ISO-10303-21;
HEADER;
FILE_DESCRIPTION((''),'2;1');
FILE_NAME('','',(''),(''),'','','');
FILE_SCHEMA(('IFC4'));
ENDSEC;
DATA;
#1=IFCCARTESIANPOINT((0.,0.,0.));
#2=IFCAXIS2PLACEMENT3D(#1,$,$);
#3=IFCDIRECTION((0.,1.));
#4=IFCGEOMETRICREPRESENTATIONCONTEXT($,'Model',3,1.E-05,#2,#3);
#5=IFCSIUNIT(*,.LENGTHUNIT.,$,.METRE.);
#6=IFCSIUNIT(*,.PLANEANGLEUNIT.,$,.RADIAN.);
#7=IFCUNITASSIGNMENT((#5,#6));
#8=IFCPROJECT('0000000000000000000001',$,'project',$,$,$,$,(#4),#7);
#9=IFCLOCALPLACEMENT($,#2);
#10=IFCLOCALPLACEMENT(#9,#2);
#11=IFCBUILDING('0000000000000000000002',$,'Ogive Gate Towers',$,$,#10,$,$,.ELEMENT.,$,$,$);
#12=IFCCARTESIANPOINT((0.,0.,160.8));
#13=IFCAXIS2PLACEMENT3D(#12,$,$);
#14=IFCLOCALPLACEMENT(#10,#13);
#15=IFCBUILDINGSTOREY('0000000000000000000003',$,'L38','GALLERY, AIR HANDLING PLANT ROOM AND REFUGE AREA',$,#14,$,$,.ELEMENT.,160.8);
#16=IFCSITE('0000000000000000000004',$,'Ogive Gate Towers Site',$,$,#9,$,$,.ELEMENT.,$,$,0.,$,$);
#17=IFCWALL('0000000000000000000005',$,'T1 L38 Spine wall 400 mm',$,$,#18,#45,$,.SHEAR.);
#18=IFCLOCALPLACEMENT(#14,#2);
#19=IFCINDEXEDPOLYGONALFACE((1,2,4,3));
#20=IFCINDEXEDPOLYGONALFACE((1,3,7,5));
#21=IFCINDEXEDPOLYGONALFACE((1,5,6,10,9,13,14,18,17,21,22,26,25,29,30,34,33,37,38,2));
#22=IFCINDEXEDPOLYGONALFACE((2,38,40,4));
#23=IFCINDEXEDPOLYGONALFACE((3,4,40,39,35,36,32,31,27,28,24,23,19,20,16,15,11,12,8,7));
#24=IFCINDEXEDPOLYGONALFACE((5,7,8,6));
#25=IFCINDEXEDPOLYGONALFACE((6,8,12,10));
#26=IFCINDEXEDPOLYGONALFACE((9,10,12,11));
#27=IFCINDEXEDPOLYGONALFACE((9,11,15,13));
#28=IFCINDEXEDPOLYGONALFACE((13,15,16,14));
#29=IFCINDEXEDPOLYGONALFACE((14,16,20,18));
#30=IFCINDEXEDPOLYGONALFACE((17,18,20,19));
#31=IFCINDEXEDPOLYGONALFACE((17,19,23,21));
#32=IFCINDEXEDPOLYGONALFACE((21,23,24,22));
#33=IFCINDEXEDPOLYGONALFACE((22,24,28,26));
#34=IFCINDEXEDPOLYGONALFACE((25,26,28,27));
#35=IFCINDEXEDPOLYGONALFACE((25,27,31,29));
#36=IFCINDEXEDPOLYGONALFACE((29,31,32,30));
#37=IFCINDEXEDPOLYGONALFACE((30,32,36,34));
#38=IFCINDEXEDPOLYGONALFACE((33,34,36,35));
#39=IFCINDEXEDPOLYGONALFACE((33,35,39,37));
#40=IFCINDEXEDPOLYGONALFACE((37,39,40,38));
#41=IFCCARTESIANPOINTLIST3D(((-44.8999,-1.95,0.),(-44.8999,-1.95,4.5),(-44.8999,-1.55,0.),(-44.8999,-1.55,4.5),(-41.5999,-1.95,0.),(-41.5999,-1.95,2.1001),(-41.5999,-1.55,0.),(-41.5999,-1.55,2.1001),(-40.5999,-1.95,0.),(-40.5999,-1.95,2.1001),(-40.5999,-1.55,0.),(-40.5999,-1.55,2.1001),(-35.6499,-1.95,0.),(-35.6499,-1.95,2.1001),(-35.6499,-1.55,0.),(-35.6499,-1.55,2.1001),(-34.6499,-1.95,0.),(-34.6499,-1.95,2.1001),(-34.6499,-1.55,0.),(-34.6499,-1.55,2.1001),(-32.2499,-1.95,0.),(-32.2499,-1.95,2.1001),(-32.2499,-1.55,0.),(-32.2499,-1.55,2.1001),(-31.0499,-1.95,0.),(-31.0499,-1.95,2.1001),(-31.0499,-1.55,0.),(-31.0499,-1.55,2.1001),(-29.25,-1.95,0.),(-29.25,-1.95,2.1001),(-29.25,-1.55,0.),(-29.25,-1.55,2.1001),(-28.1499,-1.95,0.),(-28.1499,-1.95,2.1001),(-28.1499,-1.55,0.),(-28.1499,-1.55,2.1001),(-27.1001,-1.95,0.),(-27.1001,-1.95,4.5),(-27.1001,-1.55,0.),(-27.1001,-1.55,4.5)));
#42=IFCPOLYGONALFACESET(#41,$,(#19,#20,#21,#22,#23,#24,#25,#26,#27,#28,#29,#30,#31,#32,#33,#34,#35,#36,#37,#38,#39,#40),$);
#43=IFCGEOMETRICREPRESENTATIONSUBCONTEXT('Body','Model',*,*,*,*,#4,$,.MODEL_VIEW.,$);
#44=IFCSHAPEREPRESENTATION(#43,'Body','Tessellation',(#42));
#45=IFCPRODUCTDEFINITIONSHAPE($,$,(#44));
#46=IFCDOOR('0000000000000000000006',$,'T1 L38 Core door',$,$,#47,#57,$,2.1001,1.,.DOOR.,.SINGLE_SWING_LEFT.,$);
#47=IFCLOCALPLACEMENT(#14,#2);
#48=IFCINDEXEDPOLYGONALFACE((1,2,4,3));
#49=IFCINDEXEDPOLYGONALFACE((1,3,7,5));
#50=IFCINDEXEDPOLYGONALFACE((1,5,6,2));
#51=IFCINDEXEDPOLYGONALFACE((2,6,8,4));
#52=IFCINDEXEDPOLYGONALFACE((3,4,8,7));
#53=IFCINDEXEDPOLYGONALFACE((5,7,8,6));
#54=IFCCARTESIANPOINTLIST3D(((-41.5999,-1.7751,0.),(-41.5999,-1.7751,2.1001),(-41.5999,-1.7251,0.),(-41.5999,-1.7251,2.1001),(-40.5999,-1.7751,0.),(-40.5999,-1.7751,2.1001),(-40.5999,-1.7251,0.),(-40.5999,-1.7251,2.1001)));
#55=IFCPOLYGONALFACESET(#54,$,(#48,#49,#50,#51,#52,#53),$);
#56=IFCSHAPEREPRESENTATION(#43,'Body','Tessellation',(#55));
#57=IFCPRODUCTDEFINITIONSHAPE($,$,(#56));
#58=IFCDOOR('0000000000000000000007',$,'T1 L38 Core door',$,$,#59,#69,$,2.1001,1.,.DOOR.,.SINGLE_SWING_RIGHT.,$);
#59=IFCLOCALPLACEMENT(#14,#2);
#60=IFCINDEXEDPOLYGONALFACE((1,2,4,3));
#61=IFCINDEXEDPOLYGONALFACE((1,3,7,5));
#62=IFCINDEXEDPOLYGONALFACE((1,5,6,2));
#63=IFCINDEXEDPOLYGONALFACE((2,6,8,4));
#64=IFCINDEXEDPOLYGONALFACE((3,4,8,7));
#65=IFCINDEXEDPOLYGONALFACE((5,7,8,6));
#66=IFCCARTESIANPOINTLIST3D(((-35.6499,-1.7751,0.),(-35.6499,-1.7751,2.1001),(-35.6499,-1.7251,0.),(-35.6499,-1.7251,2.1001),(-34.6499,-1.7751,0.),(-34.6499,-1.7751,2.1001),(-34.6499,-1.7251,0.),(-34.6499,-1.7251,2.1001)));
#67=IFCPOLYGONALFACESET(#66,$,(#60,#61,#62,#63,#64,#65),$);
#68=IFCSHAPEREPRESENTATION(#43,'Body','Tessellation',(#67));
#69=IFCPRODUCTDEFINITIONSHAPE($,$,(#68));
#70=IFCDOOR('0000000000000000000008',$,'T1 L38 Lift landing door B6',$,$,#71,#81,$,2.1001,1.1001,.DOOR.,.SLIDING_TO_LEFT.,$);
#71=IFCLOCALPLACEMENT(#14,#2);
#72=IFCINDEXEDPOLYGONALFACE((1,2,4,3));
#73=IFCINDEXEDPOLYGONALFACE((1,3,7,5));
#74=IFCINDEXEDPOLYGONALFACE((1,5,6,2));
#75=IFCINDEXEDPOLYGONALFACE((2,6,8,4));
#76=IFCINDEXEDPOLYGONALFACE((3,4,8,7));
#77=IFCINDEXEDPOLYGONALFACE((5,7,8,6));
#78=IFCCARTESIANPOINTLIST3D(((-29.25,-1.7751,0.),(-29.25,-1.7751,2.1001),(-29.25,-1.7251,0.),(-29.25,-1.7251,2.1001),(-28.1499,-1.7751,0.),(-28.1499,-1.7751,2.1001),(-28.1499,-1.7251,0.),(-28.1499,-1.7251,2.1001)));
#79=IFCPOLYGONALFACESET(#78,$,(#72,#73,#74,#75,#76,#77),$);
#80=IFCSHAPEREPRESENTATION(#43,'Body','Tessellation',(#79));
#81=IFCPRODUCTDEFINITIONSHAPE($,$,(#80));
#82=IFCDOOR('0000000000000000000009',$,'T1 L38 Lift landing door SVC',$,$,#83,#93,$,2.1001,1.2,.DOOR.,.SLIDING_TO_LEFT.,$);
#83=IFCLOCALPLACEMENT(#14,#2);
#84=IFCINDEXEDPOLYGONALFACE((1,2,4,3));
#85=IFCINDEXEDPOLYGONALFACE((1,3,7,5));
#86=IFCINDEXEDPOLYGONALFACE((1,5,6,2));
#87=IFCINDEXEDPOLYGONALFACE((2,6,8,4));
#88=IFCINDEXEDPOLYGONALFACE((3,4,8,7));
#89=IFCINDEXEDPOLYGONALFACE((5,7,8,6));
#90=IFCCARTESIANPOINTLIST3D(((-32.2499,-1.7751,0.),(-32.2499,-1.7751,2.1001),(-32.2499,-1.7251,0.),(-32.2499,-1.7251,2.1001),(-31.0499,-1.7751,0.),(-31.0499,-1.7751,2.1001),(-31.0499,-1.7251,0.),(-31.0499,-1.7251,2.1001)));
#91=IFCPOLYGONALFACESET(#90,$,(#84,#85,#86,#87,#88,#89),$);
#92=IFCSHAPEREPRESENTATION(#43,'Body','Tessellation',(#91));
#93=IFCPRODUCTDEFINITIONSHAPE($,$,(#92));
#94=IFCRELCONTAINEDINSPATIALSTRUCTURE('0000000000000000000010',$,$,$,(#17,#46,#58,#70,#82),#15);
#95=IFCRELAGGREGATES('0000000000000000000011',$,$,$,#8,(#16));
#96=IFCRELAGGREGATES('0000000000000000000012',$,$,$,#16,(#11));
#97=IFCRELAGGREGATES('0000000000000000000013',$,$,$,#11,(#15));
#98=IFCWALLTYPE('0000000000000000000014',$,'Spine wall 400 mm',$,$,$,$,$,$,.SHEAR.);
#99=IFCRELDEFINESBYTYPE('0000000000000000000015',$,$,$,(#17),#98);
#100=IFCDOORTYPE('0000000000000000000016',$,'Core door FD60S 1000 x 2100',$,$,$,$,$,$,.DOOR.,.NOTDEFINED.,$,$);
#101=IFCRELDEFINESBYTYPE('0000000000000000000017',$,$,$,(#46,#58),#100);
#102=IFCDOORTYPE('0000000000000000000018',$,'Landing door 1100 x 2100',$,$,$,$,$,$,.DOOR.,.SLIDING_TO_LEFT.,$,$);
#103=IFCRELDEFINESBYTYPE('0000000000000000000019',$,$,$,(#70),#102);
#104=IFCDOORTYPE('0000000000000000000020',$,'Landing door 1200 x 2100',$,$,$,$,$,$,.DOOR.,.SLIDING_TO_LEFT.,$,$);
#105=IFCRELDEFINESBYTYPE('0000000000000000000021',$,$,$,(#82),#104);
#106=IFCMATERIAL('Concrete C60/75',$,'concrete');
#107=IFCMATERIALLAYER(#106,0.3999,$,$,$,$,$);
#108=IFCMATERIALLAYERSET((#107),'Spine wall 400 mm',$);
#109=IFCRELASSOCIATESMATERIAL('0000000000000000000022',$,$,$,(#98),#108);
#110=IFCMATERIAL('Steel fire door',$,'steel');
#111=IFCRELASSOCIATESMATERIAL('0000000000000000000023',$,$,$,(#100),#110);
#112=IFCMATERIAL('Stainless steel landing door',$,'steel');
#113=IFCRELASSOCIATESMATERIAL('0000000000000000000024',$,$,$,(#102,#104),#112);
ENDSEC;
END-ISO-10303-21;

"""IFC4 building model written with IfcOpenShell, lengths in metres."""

from ifc_helpers import new_model, si_unit, direction, frame, frame_2d, origin, place, context, subcontext, project, spatial, rectangle, extrude, material, layer, layer_set, type_object, element, fill, save


model = new_model("IFC4")

# Units and contexts
model_context = context("Model", 3, precision=1e-05, world=origin(), true_north=direction((0.0, 1.0)))
body_context = subcontext(model_context, "Body", "Model", "MODEL_VIEW")
ifc_project = project(units=[si_unit("LENGTHUNIT", "METRE"), si_unit("PLANEANGLEUNIT", "RADIAN")], contexts=[model_context])

# Site, building, storey
site_placement = place(None, origin())
site = spatial("IfcSite", under=ifc_project, at=site_placement, Name="Ogive Gate Towers Site", CompositionType="ELEMENT", RefElevation=0.0)
building_placement = place(site_placement, origin())
building = spatial("IfcBuilding", under=site, at=building_placement, Name="Ogive Gate Towers", CompositionType="ELEMENT")
storey_placement = place(building_placement, frame((0.0, 0.0, 160.8)))
storey = spatial("IfcBuildingStorey", under=building, at=storey_placement, Name="L38", Description="GALLERY, AIR HANDLING PLANT ROOM AND REFUGE AREA", CompositionType="ELEMENT", Elevation=160.8)

# Shared definitions
ifc_material_1 = material(Name="Steel fire door", Category="steel")

# Wall, openings, doors
ifc_material_2 = material(Name="Concrete C60/75", Category="concrete")
ifc_layer_1 = layer(ifc_material_2, 0.3999)
ifc_layer_set_1 = layer_set([ifc_layer_1], Name="Spine wall 400 mm")
wall_type_1 = type_object("IfcWallType", Name="Spine wall 400 mm", PredefinedType="SHEAR", material=ifc_layer_set_1)
wall_1_placement = place(storey_placement, frame((-44.8999, -1.75, 0.0), z_axis=(0.0, 0.0, 1.0), x_axis=(1.0, 0.0, 0.0)))
wall_1 = element("IfcWall", 1, at=wall_1_placement, inside=storey, type_object=wall_type_1, Name="T1 L38 Spine wall 400 mm", PredefinedType="SHEAR", context=body_context, shape_type="SweptSolid", body=[
    extrude(rectangle(XDim=17.7998, YDim=0.3999, at=frame_2d((8.8999, 0.0))), origin(), (0.0, 0.0, 1.0), 4.5),
])
opening_1_placement = place(wall_1_placement, frame((12.6499, 0.0, 0.0)))
opening_1 = element("IfcOpeningElement", 2, at=opening_1_placement, cuts=wall_1, PredefinedType="OPENING", context=body_context, shape_type="SweptSolid", body=[
    extrude(rectangle(XDim=1.2, YDim=2.1001, at=frame_2d((0.6001, 1.05))), frame((0.0, 0.21, 0.0), z_axis=(0.0, -1.0, 0.0), x_axis=(1.0, 0.0, 0.0)), (0.0, 0.0, 1.0), 0.4199),
])
opening_2_placement = place(wall_1_placement, frame((15.6499, 0.0, 0.0)))
opening_2 = element("IfcOpeningElement", 3, at=opening_2_placement, cuts=wall_1, PredefinedType="OPENING", context=body_context, shape_type="SweptSolid", body=[
    extrude(rectangle(XDim=1.1001, YDim=2.1001, at=frame_2d((0.55, 1.05))), frame((0.0, 0.21, 0.0), z_axis=(0.0, -1.0, 0.0), x_axis=(1.0, 0.0, 0.0)), (0.0, 0.0, 1.0), 0.4199),
])
opening_3_placement = place(wall_1_placement, frame((3.3, 0.0, 0.0)))
opening_3 = element("IfcOpeningElement", 4, at=opening_3_placement, cuts=wall_1, PredefinedType="OPENING", context=body_context, shape_type="SweptSolid", body=[
    extrude(rectangle(XDim=1.0, YDim=2.1001, at=frame_2d((0.5, 1.05))), frame((0.0, 0.21, 0.0), z_axis=(0.0, -1.0, 0.0), x_axis=(1.0, 0.0, 0.0)), (0.0, 0.0, 1.0), 0.4199),
])
opening_4_placement = place(wall_1_placement, frame((9.25, 0.0, 0.0)))
opening_4 = element("IfcOpeningElement", 5, at=opening_4_placement, cuts=wall_1, PredefinedType="OPENING", context=body_context, shape_type="SweptSolid", body=[
    extrude(rectangle(XDim=1.0, YDim=2.1001, at=frame_2d((0.5, 1.05))), frame((0.0, 0.21, 0.0), z_axis=(0.0, -1.0, 0.0), x_axis=(1.0, 0.0, 0.0)), (0.0, 0.0, 1.0), 0.4199),
])
door_type_1 = type_object("IfcDoorType", Name="Core door FD60S 1000 x 2100", OperationType="NOTDEFINED", PredefinedType="DOOR", material=ifc_material_1)
door_1_placement = place(opening_3_placement, origin())
door_1 = element("IfcDoor", 6, at=door_1_placement, inside=storey, type_object=door_type_1, Name="T1 L38 Core door", OperationType="SINGLE_SWING_LEFT", OverallHeight=2.1001, OverallWidth=1.0, PredefinedType="DOOR", context=body_context, shape_type="SweptSolid", body=[
    extrude(rectangle(XDim=1.0, YDim=2.1001, at=frame_2d((0.5, 1.05))), frame((0.0, 0.0249, 0.0), z_axis=(0.0, -1.0, 0.0), x_axis=(1.0, 0.0, 0.0)), (0.0, 0.0, 1.0), 0.05),
])
fill(opening_3, door_1)
door_2_placement = place(opening_4_placement, origin())
door_2 = element("IfcDoor", 7, at=door_2_placement, inside=storey, type_object=door_type_1, Name="T1 L38 Core door", OperationType="SINGLE_SWING_RIGHT", OverallHeight=2.1001, OverallWidth=1.0, PredefinedType="DOOR", context=body_context, shape_type="SweptSolid", body=[
    extrude(rectangle(XDim=1.0, YDim=2.1001, at=frame_2d((0.5, 1.05))), frame((0.0, 0.0249, 0.0), z_axis=(0.0, -1.0, 0.0), x_axis=(1.0, 0.0, 0.0)), (0.0, 0.0, 1.0), 0.05),
])
fill(opening_4, door_2)
ifc_material_3 = material(Name="Stainless steel landing door", Category="steel")
door_type_2 = type_object("IfcDoorType", Name="Landing door 1100 x 2100", OperationType="SLIDING_TO_LEFT", PredefinedType="DOOR", material=ifc_material_3)
door_3_placement = place(opening_2_placement, origin())
door_3 = element("IfcDoor", 8, at=door_3_placement, inside=storey, type_object=door_type_2, Name="T1 L38 Lift landing door B6", OperationType="SLIDING_TO_LEFT", OverallHeight=2.1001, OverallWidth=1.1001, PredefinedType="DOOR", context=body_context, shape_type="SweptSolid", body=[
    extrude(rectangle(XDim=1.1001, YDim=2.1001, at=frame_2d((0.55, 1.05))), frame((0.0, 0.0249, 0.0), z_axis=(0.0, -1.0, 0.0), x_axis=(1.0, 0.0, 0.0)), (0.0, 0.0, 1.0), 0.05),
])
fill(opening_2, door_3)
door_type_3 = type_object("IfcDoorType", Name="Landing door 1200 x 2100", OperationType="SLIDING_TO_LEFT", PredefinedType="DOOR", material=ifc_material_3)
door_4_placement = place(opening_1_placement, origin())
door_4 = element("IfcDoor", 9, at=door_4_placement, inside=storey, type_object=door_type_3, Name="T1 L38 Lift landing door SVC", OperationType="SLIDING_TO_LEFT", OverallHeight=2.1001, OverallWidth=1.2, PredefinedType="DOOR", context=body_context, shape_type="SweptSolid", body=[
    extrude(rectangle(XDim=1.2, YDim=2.1001, at=frame_2d((0.6001, 1.05))), frame((0.0, 0.0249, 0.0), z_axis=(0.0, -1.0, 0.0), x_axis=(1.0, 0.0, 0.0)), (0.0, 0.0, 1.0), 0.05),
])
fill(opening_1, door_4)

save(model, "model.ifc")
